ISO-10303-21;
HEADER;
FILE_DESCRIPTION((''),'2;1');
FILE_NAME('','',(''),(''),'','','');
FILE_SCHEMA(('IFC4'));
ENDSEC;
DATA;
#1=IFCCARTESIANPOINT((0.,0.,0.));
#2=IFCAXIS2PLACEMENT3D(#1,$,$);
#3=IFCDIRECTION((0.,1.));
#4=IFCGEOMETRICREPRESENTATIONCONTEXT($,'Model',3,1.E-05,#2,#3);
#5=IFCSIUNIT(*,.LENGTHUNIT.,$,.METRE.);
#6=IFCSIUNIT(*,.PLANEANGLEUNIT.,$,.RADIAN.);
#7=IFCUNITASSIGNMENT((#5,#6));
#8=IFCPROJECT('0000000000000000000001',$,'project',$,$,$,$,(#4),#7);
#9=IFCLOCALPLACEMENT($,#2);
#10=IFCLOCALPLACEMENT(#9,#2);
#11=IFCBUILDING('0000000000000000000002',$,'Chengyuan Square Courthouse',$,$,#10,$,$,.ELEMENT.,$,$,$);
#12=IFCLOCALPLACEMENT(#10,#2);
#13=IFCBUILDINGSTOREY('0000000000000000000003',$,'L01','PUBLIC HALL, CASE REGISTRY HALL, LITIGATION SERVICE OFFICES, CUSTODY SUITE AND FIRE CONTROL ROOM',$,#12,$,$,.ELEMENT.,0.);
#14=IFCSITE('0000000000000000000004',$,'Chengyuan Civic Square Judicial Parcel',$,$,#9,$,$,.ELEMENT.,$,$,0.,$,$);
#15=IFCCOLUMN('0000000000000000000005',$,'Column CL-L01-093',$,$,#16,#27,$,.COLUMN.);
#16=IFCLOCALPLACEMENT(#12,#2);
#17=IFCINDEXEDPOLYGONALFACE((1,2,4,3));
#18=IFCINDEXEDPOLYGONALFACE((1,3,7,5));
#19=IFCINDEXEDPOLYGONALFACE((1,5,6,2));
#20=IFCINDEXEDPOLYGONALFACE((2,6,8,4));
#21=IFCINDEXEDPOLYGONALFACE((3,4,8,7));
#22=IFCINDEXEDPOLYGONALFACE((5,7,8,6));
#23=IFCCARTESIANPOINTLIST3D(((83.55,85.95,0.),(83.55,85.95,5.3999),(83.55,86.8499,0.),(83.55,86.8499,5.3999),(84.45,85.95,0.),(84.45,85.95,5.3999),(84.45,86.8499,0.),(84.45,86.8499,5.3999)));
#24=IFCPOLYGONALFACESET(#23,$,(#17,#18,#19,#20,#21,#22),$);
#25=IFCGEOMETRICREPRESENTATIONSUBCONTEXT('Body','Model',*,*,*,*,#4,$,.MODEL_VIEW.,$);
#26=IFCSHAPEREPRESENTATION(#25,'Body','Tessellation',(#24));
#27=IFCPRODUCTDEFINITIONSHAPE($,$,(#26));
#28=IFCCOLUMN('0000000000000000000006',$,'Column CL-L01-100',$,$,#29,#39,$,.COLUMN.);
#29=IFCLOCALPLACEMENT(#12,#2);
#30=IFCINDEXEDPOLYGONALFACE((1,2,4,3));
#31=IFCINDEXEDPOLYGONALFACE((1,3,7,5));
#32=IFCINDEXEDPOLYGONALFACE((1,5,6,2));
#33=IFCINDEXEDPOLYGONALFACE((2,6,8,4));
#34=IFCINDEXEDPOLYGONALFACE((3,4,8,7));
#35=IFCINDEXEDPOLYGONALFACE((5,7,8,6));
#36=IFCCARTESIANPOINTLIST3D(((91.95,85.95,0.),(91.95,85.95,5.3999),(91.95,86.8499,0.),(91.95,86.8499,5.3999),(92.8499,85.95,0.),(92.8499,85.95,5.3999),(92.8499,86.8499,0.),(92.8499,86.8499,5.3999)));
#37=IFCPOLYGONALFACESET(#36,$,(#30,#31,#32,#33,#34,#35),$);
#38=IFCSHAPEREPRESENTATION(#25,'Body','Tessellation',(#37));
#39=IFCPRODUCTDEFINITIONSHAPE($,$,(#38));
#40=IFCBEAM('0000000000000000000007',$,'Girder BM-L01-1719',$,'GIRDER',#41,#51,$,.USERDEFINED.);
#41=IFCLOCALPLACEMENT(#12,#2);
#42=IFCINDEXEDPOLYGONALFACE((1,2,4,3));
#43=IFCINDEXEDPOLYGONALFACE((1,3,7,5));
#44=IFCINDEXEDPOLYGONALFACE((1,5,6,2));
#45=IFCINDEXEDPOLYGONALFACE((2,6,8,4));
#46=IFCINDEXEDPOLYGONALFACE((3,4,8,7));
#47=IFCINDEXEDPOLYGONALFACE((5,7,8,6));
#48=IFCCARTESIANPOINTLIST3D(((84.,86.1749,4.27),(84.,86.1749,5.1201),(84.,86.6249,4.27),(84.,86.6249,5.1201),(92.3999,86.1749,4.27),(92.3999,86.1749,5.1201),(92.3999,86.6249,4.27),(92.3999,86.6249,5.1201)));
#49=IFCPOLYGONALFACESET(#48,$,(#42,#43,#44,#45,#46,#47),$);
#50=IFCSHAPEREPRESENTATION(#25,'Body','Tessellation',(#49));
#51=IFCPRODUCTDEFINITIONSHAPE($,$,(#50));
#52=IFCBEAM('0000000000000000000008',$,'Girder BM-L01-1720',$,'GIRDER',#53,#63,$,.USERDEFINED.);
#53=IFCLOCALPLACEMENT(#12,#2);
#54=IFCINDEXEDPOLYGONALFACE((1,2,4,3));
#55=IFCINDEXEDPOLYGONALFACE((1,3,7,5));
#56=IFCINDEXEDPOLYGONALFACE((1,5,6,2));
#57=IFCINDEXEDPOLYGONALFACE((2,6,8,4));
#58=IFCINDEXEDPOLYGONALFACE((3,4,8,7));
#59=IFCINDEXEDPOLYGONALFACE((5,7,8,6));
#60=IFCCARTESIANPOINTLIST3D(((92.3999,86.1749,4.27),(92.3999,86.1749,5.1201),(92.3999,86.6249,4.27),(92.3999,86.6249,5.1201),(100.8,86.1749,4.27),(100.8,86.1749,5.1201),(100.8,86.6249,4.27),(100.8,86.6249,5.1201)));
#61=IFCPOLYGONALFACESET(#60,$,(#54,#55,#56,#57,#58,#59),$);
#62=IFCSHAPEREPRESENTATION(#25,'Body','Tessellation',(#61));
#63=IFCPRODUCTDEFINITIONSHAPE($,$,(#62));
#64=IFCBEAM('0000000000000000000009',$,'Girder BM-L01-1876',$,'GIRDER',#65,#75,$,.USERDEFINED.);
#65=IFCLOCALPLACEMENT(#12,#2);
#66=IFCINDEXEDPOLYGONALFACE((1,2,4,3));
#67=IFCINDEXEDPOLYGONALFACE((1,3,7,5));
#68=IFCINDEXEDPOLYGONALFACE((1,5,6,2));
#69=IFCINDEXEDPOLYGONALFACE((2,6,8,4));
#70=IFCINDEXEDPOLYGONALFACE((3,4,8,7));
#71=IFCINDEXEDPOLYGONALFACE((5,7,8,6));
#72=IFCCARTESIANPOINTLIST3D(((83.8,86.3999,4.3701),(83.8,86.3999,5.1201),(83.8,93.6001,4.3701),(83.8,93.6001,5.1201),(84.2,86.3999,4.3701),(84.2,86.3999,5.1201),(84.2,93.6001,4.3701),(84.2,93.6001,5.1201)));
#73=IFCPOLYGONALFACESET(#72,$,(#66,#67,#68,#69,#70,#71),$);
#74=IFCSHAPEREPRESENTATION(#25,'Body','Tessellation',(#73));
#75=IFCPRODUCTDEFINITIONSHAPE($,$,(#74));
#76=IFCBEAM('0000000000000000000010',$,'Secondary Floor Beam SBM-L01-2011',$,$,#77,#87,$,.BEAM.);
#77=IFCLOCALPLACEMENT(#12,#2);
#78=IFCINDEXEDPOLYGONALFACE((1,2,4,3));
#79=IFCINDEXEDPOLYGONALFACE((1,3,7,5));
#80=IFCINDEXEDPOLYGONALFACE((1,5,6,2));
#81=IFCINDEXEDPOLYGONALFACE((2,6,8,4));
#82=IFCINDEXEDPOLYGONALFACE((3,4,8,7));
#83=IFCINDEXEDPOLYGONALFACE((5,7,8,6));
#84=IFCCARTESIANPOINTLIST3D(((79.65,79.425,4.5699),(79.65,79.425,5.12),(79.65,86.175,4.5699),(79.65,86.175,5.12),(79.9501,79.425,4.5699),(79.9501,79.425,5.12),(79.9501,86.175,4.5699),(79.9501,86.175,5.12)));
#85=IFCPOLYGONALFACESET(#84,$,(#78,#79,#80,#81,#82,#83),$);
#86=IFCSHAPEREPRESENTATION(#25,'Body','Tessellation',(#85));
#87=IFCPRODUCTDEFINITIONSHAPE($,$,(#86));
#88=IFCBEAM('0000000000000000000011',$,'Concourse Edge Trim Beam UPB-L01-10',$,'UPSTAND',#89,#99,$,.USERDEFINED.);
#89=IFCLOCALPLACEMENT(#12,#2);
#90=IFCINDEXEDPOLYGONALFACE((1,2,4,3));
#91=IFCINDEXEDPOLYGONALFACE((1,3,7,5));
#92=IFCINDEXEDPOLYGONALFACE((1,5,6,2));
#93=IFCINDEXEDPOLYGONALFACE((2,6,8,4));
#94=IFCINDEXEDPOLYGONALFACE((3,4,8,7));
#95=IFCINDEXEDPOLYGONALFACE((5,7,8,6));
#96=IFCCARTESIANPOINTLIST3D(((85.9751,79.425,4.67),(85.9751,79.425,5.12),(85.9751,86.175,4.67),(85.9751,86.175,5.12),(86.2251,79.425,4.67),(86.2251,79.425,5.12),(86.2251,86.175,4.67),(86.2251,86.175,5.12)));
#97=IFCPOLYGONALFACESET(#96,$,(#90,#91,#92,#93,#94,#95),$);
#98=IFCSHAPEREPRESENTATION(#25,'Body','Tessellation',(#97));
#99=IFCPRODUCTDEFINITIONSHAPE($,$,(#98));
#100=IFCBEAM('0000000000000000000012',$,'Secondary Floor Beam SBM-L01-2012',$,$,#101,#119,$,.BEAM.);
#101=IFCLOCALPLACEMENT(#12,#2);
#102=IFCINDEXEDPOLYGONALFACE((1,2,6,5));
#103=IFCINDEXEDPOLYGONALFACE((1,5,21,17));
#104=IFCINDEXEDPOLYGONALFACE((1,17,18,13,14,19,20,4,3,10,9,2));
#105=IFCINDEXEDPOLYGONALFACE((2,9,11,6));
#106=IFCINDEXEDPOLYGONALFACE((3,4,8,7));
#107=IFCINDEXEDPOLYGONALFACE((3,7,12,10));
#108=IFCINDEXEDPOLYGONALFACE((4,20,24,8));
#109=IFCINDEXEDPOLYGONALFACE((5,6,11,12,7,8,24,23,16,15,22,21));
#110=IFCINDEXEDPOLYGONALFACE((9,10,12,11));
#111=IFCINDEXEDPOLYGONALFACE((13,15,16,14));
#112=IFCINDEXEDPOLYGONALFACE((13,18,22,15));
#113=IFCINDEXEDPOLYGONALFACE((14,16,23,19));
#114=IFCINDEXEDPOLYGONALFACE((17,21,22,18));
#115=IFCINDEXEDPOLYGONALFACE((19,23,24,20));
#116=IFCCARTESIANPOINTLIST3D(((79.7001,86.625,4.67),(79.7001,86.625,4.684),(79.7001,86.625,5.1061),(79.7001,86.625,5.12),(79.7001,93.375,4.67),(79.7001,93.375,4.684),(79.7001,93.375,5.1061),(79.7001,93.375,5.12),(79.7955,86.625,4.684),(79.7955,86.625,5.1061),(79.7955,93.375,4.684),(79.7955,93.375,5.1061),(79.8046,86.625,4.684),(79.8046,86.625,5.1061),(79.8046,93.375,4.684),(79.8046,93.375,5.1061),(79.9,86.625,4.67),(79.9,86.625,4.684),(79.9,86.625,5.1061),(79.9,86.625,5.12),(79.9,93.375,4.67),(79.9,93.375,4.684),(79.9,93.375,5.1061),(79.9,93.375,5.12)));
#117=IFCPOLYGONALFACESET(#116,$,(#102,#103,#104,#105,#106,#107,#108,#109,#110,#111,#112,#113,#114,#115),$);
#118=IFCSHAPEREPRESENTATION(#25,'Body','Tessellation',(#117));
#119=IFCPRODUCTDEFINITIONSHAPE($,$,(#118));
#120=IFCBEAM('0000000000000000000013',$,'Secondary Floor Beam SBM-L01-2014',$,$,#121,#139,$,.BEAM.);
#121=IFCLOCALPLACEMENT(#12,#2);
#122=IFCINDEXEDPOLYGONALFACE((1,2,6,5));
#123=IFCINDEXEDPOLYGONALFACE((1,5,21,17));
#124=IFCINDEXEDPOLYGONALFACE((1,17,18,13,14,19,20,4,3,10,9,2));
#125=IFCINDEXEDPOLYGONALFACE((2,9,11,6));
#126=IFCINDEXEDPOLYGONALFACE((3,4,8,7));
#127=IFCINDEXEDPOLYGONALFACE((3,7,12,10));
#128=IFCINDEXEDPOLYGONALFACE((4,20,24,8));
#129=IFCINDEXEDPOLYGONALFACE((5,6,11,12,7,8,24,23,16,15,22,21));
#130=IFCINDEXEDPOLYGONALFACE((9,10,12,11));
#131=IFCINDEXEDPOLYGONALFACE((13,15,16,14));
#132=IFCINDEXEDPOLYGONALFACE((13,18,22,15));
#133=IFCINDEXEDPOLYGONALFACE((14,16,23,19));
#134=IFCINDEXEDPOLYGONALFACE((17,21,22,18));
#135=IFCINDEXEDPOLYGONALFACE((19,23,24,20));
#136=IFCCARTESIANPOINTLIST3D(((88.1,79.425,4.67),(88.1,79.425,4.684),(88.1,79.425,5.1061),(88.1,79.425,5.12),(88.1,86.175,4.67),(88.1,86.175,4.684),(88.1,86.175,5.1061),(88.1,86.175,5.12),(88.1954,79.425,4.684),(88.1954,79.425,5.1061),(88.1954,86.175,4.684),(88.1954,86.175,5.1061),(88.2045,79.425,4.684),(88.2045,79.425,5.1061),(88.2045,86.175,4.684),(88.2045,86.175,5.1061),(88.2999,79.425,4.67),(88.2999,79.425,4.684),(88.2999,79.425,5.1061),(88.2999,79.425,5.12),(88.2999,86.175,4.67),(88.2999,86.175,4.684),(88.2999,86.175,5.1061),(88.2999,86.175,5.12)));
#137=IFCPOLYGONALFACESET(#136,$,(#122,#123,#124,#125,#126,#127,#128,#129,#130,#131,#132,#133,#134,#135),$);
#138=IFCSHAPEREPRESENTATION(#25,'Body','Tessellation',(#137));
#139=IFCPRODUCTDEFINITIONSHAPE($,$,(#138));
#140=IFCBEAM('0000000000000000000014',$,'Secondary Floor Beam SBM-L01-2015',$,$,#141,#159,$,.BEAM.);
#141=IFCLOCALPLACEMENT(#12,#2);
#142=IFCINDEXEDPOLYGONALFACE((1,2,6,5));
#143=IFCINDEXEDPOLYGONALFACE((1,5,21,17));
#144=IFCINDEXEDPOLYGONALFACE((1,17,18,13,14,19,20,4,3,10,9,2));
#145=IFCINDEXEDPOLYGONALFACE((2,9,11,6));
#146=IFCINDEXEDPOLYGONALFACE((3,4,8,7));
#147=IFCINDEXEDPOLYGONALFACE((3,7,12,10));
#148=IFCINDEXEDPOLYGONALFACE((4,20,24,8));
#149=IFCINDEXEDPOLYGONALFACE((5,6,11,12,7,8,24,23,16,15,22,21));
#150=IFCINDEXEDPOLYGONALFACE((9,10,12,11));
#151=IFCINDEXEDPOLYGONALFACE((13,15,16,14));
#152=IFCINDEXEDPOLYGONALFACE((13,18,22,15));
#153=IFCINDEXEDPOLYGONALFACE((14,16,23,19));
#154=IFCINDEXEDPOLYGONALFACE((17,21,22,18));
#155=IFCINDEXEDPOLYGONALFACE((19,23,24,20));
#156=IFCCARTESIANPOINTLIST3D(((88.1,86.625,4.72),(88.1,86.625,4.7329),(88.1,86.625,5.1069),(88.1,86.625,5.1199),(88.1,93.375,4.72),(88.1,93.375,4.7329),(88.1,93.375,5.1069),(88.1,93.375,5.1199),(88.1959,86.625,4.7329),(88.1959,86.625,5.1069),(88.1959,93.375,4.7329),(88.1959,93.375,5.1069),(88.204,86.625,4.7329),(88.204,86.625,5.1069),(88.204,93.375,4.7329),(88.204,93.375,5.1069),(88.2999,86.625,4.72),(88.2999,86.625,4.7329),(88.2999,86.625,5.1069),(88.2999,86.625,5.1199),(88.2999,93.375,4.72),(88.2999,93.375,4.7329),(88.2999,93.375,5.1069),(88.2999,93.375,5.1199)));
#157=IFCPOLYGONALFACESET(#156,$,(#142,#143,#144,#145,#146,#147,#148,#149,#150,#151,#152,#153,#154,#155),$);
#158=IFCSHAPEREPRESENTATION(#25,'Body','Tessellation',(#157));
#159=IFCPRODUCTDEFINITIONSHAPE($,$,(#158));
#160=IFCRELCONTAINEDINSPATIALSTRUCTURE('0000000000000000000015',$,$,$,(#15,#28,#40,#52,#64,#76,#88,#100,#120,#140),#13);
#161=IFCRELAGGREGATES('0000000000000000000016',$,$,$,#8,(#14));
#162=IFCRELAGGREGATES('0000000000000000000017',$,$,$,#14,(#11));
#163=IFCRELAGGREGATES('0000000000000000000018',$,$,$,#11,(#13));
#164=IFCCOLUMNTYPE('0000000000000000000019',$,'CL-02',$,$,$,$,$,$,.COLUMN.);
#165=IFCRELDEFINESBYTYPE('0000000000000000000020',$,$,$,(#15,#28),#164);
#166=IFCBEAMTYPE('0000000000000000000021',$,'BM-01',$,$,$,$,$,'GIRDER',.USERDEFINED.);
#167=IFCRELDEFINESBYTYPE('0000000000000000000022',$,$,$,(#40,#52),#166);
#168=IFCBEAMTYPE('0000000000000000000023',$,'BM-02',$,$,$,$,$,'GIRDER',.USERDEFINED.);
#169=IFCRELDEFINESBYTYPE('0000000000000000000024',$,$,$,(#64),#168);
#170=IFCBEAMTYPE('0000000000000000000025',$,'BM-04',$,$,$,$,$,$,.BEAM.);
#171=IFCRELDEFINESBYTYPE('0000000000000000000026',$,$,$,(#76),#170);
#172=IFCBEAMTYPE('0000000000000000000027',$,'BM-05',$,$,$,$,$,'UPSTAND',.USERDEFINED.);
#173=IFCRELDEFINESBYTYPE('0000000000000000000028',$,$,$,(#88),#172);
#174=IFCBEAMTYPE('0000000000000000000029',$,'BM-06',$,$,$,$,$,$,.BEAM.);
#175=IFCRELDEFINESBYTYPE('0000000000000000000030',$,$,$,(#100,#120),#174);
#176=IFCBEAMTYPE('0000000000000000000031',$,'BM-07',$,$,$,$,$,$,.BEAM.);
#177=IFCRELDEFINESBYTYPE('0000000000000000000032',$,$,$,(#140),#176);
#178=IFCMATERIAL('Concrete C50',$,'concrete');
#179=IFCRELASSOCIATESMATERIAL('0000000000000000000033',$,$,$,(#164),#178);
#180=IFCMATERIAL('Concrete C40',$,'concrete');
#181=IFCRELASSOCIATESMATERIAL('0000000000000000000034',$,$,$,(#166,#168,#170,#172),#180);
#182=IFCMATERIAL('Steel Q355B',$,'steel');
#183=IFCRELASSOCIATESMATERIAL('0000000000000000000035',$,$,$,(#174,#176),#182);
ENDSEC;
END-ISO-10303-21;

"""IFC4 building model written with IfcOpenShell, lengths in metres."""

from ifc_helpers import new_model, si_unit, direction, frame, origin, origin_2d, place, context, subcontext, project, spatial, rectangle, i_section, extrude, material, material_profile, profile_set, type_object, element, save


model = new_model("IFC4")

# Units and contexts
model_context = context("Model", 3, precision=1e-05, world=origin(), true_north=direction((0.0, 1.0)))
body_context = subcontext(model_context, "Body", "Model", "MODEL_VIEW")
ifc_project = project(units=[si_unit("LENGTHUNIT", "METRE"), si_unit("PLANEANGLEUNIT", "RADIAN")], contexts=[model_context])

# Site, building, storey
site_placement = place(None, origin())
site = spatial("IfcSite", under=ifc_project, at=site_placement, Name="Chengyuan Civic Square Judicial Parcel", CompositionType="ELEMENT", RefElevation=0.0)
building_placement = place(site_placement, origin())
building = spatial("IfcBuilding", under=site, at=building_placement, Name="Chengyuan Square Courthouse", CompositionType="ELEMENT")
storey_placement = place(building_placement, origin())
storey = spatial("IfcBuildingStorey", under=building, at=storey_placement, Name="L01", Description="PUBLIC HALL, CASE REGISTRY HALL, LITIGATION SERVICE OFFICES, CUSTODY SUITE AND FIRE CONTROL ROOM", CompositionType="ELEMENT", Elevation=0.0)

# Columns
ifc_material_1 = material(Name="Concrete C50", Category="concrete")
ifc_material_profile_1 = material_profile(ifc_material_1, rectangle(XDim=0.8999, YDim=0.8999, at=origin_2d()), Name="RC-COL-900x900")
ifc_profile_set_1 = profile_set([ifc_material_profile_1], Name="Concrete C50")
column_type = type_object("IfcColumnType", Name="CL-02", PredefinedType="COLUMN", material=ifc_profile_set_1)
for number, where, z_axis, x_axis, name in (
    (1, (84.0, 86.3999, 0.0), (0.0, 0.0, 1.0), (1.0, 0.0, 0.0), "Column CL-L01-093"),
    (2, (92.3999, 86.3999, 0.0), (0.0, 0.0, 1.0), (1.0, 0.0, 0.0), "Column CL-L01-100"),
):
    element("IfcColumn", number, at=place(storey_placement, frame(where, z_axis=z_axis, x_axis=x_axis)), inside=storey, type_object=column_type, Name=name, PredefinedType="COLUMN", context=body_context, shape_type="SweptSolid", body=[
        extrude(rectangle(XDim=0.8999, YDim=0.8999, at=origin_2d()), origin(), (0.0, 0.0, 1.0), 5.3999),
    ])

# Beams
ifc_material_2 = material(Name="Concrete C40", Category="concrete")
ifc_material_profile_2 = material_profile(ifc_material_2, rectangle(XDim=0.45, YDim=0.8501, at=origin_2d()), Name="RC-BM-450x850")
ifc_profile_set_2 = profile_set([ifc_material_profile_2], Name="Concrete C40")
beam_type_1 = type_object("IfcBeamType", Name="BM-01", ElementType="GIRDER", PredefinedType="USERDEFINED", material=ifc_profile_set_2)
beam_1_placement = place(storey_placement, frame((84.0, 86.3999, 4.6951), z_axis=(1.0, 0.0, 0.0), x_axis=(0.0, 1.0, 0.0)))
element("IfcBeam", 3, at=beam_1_placement, inside=storey, type_object=beam_type_1, Name="Girder BM-L01-1719", ObjectType="GIRDER", PredefinedType="USERDEFINED", context=body_context, shape_type="SweptSolid", body=[
    extrude(rectangle(XDim=0.45, YDim=0.8501, at=origin_2d()), origin(), (0.0, 0.0, 1.0), 8.3999),
])
beam_2_placement = place(storey_placement, frame((92.3999, 86.3999, 4.6951), z_axis=(1.0, 0.0, 0.0), x_axis=(0.0, 1.0, 0.0)))
element("IfcBeam", 4, at=beam_2_placement, inside=storey, type_object=beam_type_1, Name="Girder BM-L01-1720", ObjectType="GIRDER", PredefinedType="USERDEFINED", context=body_context, shape_type="SweptSolid", body=[
    extrude(rectangle(XDim=0.45, YDim=0.8501, at=origin_2d()), origin(), (0.0, 0.0, 1.0), 8.4001),
])
ifc_material_profile_3 = material_profile(ifc_material_2, rectangle(XDim=0.3999, YDim=0.75, at=origin_2d()), Name="RC-BM-400x750")
ifc_profile_set_3 = profile_set([ifc_material_profile_3], Name="Concrete C40")
beam_type_2 = type_object("IfcBeamType", Name="BM-02", ElementType="GIRDER", PredefinedType="USERDEFINED", material=ifc_profile_set_3)
beam_3_placement = place(storey_placement, frame((84.0, 86.3999, 4.7451), z_axis=(0.0, 1.0, 0.0), x_axis=(-1.0, 0.0, 0.0)))
element("IfcBeam", 5, at=beam_3_placement, inside=storey, type_object=beam_type_2, Name="Girder BM-L01-1876", ObjectType="GIRDER", PredefinedType="USERDEFINED", context=body_context, shape_type="SweptSolid", body=[
    extrude(rectangle(XDim=0.3999, YDim=0.75, at=origin_2d()), origin(), (0.0, 0.0, 1.0), 7.2002),
])
ifc_material_profile_4 = material_profile(ifc_material_2, rectangle(XDim=0.3, YDim=0.55, at=origin_2d()), Name="RC-BM-300x550")
ifc_profile_set_4 = profile_set([ifc_material_profile_4], Name="Concrete C40")
beam_type_3 = type_object("IfcBeamType", Name="BM-04", PredefinedType="BEAM", material=ifc_profile_set_4)
beam_4_placement = place(storey_placement, frame((79.8, 79.425, 4.845), z_axis=(0.0, 1.0, 0.0), x_axis=(-1.0, 0.0, 0.0)))
element("IfcBeam", 6, at=beam_4_placement, inside=storey, type_object=beam_type_3, Name="Secondary Floor Beam SBM-L01-2011", PredefinedType="BEAM", context=body_context, shape_type="SweptSolid", body=[
    extrude(rectangle(XDim=0.3, YDim=0.55, at=origin_2d()), origin(), (0.0, 0.0, 1.0), 6.75),
])
ifc_material_profile_5 = material_profile(ifc_material_2, rectangle(XDim=0.25, YDim=0.45, at=origin_2d()), Name="RC-UP-250x450")
ifc_profile_set_5 = profile_set([ifc_material_profile_5], Name="Concrete C40")
beam_type_4 = type_object("IfcBeamType", Name="BM-05", ElementType="UPSTAND", PredefinedType="USERDEFINED", material=ifc_profile_set_5)
beam_5_placement = place(storey_placement, frame((86.1001, 79.425, 4.895), z_axis=(0.0, 1.0, 0.0), x_axis=(-1.0, 0.0, 0.0)))
element("IfcBeam", 7, at=beam_5_placement, inside=storey, type_object=beam_type_4, Name="Concourse Edge Trim Beam UPB-L01-10", ObjectType="UPSTAND", PredefinedType="USERDEFINED", context=body_context, shape_type="SweptSolid", body=[
    extrude(rectangle(XDim=0.25, YDim=0.45, at=origin_2d()), origin(), (0.0, 0.0, 1.0), 6.75),
])
ifc_material_3 = material(Name="Steel Q355B", Category="steel")
ifc_material_profile_6 = material_profile(ifc_material_3, i_section(OverallWidth=0.2, OverallDepth=0.45, WebThickness=0.009, FlangeThickness=0.0139, at=origin_2d()), Name="HN 450x200x9x14")
ifc_profile_set_6 = profile_set([ifc_material_profile_6], Name="Steel Q355B")
beam_type_5 = type_object("IfcBeamType", Name="BM-06", PredefinedType="BEAM", material=ifc_profile_set_6)
for number, where, z_axis, x_axis, name in (
    (8, (79.8, 86.625, 4.895), (0.0, 1.0, 0.0), (-1.0, 0.0, 0.0), "Secondary Floor Beam SBM-L01-2012"),
    (9, (88.2, 79.425, 4.895), (0.0, 1.0, 0.0), (-1.0, 0.0, 0.0), "Secondary Floor Beam SBM-L01-2014"),
):
    element("IfcBeam", number, at=place(storey_placement, frame(where, z_axis=z_axis, x_axis=x_axis)), inside=storey, type_object=beam_type_5, Name=name, PredefinedType="BEAM", context=body_context, shape_type="SweptSolid", body=[
        extrude(i_section(OverallWidth=0.2, OverallDepth=0.45, WebThickness=0.009, FlangeThickness=0.0139, at=origin_2d()), origin(), (0.0, 0.0, 1.0), 6.75),
    ])
ifc_material_profile_7 = material_profile(ifc_material_3, i_section(OverallWidth=0.2, OverallDepth=0.3999, WebThickness=0.0081, FlangeThickness=0.0129, at=origin_2d()), Name="HN 400x200x8x13")
ifc_profile_set_7 = profile_set([ifc_material_profile_7], Name="Steel Q355B")
beam_type_6 = type_object("IfcBeamType", Name="BM-07", PredefinedType="BEAM", material=ifc_profile_set_7)
beam_6_placement = place(storey_placement, frame((88.2, 86.625, 4.9199), z_axis=(0.0, 1.0, 0.0), x_axis=(-1.0, 0.0, 0.0)))
element("IfcBeam", 10, at=beam_6_placement, inside=storey, type_object=beam_type_6, Name="Secondary Floor Beam SBM-L01-2015", PredefinedType="BEAM", context=body_context, shape_type="SweptSolid", body=[
    extrude(i_section(OverallWidth=0.2, OverallDepth=0.3999, WebThickness=0.0081, FlangeThickness=0.0129, at=origin_2d()), origin(), (0.0, 0.0, 1.0), 6.75),
])

save(model, "model.ifc")
